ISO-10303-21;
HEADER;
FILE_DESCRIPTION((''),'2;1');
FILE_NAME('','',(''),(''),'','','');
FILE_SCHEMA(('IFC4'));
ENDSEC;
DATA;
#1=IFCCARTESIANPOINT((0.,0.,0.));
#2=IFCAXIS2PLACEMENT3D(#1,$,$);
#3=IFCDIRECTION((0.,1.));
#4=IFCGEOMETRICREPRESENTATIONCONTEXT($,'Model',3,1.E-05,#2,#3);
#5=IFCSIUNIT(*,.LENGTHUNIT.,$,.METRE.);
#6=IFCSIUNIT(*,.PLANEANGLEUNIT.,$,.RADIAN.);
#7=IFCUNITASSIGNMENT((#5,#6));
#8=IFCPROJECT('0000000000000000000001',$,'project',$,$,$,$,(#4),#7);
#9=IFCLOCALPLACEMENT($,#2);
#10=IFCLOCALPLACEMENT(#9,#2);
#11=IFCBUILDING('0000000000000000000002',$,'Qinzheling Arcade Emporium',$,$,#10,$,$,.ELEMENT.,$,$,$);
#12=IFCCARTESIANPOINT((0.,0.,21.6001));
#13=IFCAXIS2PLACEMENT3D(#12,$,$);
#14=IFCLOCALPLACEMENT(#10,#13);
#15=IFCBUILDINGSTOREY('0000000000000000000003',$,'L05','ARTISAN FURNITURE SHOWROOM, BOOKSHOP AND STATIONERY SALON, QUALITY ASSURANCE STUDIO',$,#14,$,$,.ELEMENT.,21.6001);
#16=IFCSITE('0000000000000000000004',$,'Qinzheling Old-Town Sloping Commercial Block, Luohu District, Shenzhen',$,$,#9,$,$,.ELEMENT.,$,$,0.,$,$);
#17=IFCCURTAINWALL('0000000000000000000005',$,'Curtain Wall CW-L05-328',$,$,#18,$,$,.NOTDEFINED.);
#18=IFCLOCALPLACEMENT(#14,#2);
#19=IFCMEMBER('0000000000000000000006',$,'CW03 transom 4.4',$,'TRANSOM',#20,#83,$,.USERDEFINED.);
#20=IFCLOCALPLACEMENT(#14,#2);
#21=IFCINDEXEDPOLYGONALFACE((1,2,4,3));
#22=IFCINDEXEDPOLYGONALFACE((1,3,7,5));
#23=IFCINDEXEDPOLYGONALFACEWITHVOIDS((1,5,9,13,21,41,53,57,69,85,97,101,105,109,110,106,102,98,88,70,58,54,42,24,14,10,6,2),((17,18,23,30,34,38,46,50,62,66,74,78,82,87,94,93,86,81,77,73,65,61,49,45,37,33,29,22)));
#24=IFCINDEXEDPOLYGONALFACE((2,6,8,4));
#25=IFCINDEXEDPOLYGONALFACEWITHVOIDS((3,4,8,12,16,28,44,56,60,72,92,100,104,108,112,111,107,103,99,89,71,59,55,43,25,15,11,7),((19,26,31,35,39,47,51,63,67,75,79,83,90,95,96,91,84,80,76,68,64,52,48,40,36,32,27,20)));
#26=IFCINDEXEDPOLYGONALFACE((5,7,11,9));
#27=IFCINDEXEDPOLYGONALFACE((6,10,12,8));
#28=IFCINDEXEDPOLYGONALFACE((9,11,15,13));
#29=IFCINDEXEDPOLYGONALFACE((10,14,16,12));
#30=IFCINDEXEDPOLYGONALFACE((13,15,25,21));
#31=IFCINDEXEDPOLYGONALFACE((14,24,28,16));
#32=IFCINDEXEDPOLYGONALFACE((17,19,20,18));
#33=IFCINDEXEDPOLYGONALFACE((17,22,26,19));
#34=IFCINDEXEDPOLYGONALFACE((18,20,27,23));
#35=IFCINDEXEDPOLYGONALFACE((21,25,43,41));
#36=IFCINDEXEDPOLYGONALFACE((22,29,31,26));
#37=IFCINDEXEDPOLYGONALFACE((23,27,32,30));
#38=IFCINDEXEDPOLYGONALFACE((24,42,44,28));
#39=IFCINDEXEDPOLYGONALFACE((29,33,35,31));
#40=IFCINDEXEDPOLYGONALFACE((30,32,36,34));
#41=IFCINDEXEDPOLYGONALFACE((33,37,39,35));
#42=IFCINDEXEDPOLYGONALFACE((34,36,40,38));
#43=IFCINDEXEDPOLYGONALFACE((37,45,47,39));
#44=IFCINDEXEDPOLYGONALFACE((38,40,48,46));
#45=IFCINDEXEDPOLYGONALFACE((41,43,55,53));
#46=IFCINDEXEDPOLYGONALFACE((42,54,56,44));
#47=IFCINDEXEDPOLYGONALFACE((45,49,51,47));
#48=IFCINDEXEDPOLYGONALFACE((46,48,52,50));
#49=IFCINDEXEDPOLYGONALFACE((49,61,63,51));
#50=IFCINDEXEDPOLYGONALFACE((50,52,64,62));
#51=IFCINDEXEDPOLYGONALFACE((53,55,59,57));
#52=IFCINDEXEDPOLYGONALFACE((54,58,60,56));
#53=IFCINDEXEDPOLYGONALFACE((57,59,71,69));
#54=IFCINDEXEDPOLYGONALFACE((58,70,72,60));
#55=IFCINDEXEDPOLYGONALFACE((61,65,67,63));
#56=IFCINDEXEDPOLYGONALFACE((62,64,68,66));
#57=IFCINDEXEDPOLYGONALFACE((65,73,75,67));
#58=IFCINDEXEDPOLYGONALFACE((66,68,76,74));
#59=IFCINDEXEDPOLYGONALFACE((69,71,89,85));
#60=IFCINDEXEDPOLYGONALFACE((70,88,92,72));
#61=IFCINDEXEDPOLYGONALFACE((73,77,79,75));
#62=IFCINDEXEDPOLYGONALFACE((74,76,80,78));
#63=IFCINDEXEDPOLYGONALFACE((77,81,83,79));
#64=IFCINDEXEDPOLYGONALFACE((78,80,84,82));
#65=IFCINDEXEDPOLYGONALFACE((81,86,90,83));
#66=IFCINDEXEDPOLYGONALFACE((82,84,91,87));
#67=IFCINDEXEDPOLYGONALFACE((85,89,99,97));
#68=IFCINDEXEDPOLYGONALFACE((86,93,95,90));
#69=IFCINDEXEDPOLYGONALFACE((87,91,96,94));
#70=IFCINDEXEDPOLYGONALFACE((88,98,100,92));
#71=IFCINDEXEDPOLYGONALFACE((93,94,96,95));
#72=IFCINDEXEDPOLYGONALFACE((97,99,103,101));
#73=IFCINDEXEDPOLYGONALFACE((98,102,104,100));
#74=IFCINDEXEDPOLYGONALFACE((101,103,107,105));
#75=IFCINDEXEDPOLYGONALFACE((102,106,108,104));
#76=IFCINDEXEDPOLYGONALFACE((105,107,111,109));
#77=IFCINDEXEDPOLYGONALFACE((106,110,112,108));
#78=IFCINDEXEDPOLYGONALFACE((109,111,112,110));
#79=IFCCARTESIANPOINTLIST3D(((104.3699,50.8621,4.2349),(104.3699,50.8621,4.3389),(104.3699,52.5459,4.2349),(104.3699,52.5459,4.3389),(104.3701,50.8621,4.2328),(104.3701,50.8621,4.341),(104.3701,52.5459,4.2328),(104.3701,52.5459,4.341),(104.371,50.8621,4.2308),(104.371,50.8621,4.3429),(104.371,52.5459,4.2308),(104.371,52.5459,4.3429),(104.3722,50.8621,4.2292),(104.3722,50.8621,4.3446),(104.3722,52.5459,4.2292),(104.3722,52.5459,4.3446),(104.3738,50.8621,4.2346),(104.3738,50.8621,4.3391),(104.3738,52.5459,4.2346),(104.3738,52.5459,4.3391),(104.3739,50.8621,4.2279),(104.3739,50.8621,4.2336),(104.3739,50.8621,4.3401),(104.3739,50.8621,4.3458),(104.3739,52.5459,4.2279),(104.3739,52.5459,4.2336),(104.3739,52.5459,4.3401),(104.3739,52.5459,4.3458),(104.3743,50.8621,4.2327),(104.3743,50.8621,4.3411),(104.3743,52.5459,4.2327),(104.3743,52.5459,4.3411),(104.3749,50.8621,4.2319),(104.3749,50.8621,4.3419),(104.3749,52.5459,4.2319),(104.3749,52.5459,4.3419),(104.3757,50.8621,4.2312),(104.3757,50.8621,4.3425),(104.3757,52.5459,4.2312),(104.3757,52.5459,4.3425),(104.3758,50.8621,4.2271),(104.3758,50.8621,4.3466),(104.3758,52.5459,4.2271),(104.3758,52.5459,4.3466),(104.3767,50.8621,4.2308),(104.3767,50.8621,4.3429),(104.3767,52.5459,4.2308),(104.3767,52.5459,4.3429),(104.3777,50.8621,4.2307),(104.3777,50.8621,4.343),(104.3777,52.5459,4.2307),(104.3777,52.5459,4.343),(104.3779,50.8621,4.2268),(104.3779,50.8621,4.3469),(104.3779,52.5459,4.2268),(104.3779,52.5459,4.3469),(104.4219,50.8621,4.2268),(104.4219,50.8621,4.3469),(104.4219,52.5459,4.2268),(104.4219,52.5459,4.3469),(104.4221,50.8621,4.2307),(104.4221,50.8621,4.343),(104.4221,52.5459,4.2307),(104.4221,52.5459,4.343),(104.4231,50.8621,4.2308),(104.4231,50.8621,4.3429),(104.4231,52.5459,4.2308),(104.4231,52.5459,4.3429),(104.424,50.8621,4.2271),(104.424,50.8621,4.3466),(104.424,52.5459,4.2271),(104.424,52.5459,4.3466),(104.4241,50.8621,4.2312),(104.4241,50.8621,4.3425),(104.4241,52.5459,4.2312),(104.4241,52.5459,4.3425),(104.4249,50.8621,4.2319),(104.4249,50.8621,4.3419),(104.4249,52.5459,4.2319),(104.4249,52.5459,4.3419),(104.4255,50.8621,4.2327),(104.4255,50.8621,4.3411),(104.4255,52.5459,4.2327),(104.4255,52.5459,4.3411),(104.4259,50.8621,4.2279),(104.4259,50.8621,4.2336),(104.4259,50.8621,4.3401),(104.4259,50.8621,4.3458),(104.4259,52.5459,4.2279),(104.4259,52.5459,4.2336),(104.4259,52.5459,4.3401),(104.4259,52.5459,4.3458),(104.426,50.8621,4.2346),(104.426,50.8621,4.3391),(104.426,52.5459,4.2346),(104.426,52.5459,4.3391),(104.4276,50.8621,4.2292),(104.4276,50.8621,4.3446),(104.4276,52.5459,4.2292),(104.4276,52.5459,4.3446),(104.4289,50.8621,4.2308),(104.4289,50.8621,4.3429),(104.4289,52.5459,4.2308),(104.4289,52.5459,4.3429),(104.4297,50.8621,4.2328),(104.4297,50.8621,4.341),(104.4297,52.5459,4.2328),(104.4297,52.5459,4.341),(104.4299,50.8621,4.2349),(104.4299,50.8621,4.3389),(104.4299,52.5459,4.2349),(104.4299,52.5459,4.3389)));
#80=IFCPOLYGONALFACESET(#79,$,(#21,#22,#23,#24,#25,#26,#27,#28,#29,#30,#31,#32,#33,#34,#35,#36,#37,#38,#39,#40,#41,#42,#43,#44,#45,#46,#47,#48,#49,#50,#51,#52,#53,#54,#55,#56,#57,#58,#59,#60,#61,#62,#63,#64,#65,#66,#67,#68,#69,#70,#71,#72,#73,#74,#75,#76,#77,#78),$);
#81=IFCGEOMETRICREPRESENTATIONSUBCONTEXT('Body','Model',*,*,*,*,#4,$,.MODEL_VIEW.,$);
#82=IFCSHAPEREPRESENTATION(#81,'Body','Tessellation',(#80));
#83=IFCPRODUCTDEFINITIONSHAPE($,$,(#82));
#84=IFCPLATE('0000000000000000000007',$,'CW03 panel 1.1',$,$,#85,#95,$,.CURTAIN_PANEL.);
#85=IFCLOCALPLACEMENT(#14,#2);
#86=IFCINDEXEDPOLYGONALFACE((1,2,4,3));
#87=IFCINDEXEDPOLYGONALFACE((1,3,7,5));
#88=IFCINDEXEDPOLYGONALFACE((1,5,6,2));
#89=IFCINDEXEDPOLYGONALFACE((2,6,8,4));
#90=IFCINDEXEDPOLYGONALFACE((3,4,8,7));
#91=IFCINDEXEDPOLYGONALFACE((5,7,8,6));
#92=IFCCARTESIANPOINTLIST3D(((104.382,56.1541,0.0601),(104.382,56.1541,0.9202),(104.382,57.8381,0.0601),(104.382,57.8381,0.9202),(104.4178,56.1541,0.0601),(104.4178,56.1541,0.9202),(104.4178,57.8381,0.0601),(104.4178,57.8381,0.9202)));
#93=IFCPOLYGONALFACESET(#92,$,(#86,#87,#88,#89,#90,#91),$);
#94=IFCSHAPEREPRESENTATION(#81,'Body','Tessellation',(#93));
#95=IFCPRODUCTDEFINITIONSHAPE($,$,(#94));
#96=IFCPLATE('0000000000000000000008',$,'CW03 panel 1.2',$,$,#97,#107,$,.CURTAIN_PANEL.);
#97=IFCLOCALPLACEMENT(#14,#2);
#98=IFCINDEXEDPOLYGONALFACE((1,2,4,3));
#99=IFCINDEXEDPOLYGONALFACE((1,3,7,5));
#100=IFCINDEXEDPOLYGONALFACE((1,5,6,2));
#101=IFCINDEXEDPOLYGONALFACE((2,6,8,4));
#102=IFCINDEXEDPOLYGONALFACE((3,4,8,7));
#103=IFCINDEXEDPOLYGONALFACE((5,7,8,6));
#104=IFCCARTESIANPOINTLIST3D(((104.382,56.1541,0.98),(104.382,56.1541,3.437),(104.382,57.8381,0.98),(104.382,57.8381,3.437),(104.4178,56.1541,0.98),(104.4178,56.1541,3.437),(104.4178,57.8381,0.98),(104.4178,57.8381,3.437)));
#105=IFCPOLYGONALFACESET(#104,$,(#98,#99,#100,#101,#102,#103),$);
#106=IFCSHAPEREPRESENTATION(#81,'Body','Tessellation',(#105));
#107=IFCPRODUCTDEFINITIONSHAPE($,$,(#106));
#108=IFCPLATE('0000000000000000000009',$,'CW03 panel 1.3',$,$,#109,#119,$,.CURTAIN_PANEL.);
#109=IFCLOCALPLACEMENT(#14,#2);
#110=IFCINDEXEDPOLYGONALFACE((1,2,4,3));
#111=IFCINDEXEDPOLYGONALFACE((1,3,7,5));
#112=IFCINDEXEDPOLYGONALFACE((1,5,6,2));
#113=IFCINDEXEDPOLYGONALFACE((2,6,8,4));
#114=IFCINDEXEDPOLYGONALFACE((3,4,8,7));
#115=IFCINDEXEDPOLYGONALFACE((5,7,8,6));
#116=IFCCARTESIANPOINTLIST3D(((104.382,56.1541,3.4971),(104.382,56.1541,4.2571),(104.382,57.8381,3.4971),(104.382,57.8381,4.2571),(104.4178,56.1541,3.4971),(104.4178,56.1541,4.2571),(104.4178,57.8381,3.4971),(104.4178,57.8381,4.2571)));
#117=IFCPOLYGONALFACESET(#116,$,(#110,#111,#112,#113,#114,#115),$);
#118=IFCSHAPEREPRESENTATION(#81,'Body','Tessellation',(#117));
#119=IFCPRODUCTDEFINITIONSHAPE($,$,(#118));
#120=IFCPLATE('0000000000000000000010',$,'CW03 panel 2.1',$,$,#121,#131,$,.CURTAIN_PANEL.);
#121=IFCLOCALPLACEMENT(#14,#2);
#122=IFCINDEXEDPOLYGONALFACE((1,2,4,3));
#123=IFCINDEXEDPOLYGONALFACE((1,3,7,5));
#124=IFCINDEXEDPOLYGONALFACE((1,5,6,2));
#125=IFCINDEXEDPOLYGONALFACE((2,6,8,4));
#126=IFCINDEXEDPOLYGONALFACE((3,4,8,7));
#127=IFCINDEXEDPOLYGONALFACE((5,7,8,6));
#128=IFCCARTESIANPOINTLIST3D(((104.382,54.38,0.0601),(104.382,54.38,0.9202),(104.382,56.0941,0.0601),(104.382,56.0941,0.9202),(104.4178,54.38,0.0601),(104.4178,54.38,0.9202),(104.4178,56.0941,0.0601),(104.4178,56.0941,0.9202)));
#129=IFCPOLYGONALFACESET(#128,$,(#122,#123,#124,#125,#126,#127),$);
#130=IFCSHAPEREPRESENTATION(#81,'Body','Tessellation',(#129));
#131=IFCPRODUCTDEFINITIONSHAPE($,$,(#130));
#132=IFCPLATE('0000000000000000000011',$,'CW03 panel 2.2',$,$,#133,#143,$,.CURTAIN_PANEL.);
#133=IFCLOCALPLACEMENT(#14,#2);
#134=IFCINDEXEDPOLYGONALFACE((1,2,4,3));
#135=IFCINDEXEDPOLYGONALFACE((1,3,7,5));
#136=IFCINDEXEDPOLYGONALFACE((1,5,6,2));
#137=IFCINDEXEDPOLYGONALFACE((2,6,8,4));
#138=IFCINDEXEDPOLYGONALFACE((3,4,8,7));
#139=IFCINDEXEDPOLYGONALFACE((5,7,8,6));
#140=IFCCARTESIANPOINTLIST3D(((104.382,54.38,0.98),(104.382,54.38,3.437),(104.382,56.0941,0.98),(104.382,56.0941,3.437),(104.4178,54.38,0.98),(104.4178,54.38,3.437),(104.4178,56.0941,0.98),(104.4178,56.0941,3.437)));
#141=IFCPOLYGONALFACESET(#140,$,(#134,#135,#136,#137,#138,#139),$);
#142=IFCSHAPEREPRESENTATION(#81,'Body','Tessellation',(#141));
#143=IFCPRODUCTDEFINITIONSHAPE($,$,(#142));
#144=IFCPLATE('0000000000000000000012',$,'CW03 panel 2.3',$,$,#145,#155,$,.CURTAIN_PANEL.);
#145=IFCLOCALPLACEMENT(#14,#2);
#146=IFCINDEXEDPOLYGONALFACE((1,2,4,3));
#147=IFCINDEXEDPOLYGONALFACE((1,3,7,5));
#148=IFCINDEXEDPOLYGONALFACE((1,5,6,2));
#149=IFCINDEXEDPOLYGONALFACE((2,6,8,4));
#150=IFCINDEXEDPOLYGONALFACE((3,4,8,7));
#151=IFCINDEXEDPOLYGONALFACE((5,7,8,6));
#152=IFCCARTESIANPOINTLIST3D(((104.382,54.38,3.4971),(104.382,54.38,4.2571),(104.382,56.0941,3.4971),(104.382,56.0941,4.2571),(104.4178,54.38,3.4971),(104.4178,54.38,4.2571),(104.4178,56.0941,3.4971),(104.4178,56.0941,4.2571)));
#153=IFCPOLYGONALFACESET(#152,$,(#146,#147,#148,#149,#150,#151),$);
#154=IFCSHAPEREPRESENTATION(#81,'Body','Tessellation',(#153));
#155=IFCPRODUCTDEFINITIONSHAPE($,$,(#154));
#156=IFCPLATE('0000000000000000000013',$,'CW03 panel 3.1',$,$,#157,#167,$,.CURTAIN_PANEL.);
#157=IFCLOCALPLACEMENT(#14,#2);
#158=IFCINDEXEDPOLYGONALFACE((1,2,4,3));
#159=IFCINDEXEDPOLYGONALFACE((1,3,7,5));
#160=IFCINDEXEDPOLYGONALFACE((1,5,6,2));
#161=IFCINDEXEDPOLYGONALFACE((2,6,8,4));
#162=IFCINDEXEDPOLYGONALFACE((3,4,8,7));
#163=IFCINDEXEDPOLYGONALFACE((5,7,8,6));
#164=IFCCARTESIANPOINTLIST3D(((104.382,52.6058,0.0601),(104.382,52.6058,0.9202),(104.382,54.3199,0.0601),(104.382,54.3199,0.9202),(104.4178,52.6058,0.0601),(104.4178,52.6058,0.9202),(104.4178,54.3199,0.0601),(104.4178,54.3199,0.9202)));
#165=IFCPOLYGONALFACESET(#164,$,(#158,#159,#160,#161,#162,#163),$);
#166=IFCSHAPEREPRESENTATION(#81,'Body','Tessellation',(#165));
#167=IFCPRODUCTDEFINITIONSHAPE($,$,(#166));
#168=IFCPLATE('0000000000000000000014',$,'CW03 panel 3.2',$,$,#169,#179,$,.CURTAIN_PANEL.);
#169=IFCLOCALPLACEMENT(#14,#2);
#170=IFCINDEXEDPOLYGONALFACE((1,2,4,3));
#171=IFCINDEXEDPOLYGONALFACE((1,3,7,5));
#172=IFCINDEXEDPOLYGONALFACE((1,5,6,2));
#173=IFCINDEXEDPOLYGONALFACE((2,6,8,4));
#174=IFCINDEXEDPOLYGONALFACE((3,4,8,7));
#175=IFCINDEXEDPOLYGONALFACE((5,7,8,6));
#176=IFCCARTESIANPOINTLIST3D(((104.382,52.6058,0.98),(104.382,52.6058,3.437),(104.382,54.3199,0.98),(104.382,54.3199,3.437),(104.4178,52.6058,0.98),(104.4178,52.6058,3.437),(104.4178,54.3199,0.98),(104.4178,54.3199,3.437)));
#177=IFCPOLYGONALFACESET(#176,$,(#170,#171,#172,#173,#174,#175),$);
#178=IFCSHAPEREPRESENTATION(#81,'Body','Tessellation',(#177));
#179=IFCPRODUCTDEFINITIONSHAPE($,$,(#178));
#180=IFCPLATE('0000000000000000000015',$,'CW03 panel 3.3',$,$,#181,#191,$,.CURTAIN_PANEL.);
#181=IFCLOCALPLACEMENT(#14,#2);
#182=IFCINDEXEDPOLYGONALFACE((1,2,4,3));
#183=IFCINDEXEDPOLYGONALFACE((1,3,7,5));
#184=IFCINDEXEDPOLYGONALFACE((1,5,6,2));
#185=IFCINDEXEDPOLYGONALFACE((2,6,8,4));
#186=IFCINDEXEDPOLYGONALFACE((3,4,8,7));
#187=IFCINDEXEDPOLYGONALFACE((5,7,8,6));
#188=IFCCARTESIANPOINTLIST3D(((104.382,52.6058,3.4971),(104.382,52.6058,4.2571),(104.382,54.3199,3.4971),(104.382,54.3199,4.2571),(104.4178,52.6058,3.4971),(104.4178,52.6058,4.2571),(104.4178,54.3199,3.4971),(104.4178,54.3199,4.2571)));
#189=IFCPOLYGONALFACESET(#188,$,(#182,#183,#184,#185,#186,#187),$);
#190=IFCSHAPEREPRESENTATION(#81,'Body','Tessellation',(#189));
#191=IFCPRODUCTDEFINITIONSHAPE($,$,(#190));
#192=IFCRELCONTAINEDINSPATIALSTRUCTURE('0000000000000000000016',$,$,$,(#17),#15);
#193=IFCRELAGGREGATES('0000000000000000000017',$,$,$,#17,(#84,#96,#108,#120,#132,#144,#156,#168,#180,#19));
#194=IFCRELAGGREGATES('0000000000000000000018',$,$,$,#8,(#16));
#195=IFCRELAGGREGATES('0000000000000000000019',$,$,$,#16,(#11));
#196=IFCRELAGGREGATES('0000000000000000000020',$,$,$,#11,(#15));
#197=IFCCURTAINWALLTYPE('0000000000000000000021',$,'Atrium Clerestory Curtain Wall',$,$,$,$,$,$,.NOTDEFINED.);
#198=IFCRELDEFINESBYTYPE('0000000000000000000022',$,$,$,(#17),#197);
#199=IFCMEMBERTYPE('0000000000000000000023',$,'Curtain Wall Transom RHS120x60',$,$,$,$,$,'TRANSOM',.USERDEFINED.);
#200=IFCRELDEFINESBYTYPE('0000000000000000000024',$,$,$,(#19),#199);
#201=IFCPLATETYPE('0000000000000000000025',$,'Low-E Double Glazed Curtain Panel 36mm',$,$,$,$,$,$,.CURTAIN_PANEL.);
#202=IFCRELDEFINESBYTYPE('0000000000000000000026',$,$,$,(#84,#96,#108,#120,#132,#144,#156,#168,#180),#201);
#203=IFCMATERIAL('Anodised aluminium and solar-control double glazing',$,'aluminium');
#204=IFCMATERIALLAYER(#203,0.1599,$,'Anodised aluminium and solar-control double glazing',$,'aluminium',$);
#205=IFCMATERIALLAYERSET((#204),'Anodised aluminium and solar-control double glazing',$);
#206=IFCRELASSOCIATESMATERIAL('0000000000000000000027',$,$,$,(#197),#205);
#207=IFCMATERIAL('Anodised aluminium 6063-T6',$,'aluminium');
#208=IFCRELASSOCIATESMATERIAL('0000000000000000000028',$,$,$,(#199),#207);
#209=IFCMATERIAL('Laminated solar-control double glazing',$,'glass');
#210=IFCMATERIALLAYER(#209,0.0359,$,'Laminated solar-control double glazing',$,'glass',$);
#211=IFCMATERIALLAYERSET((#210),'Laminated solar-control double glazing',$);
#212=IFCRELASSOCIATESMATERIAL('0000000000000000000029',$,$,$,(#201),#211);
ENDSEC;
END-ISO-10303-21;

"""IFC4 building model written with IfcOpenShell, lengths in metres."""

from ifc_helpers import new_model, si_unit, direction, frame, origin, origin_2d, place, context, subcontext, project, spatial, rectangle, hollow_rectangle, extrude, material, layer, layer_set, material_profile, profile_set, type_object, element, aggregate, save


model = new_model("IFC4")

# Units and contexts
model_context = context("Model", 3, precision=1e-05, world=origin(), true_north=direction((0.0, 1.0)))
body_context = subcontext(model_context, "Body", "Model", "MODEL_VIEW")
ifc_project = project(units=[si_unit("LENGTHUNIT", "METRE"), si_unit("PLANEANGLEUNIT", "RADIAN")], contexts=[model_context])

# Site, building, storey
site_placement = place(None, origin())
site = spatial("IfcSite", under=ifc_project, at=site_placement, Name="Qinzheling Old-Town Sloping Commercial Block, Luohu District, Shenzhen", CompositionType="ELEMENT", RefElevation=0.0)
building_placement = place(site_placement, origin())
building = spatial("IfcBuilding", under=site, at=building_placement, Name="Qinzheling Arcade Emporium", CompositionType="ELEMENT")
storey_placement = place(building_placement, frame((0.0, 0.0, 21.6001)))
storey = spatial("IfcBuildingStorey", under=building, at=storey_placement, Name="L05", Description="ARTISAN FURNITURE SHOWROOM, BOOKSHOP AND STATIONERY SALON, QUALITY ASSURANCE STUDIO", CompositionType="ELEMENT", Elevation=21.6001)

# Curtain wall, member, plates
ifc_material_1 = material(Name="Anodised aluminium and solar-control double glazing", Category="aluminium")
ifc_layer_1 = layer(ifc_material_1, 0.1599, Name="Anodised aluminium and solar-control double glazing", Category="aluminium")
ifc_layer_set_1 = layer_set([ifc_layer_1], Name="Anodised aluminium and solar-control double glazing")
curtain_wall_type = type_object("IfcCurtainWallType", Name="Atrium Clerestory Curtain Wall", PredefinedType="NOTDEFINED", material=ifc_layer_set_1)
curtain_wall_placement = place(storey_placement, origin())
curtain_wall = element("IfcCurtainWall", 1, at=curtain_wall_placement, inside=storey, type_object=curtain_wall_type, Name="Curtain Wall CW-L05-328", PredefinedType="NOTDEFINED")
ifc_material_2 = material(Name="Anodised aluminium 6063-T6", Category="aluminium")
ifc_material_profile_1 = material_profile(ifc_material_2, hollow_rectangle(XDim=0.0601, YDim=0.1201, WallThickness=0.0039, InnerFilletRadius=0.0039, OuterFilletRadius=0.0081, at=origin_2d()), Name="RHS 120x60x4", Category="aluminium")
ifc_profile_set_1 = profile_set([ifc_material_profile_1], Name="Anodised aluminium 6063-T6")
member_type_1 = type_object("IfcMemberType", Name="Curtain Wall Transom RHS120x60", ElementType="TRANSOM", PredefinedType="USERDEFINED", material=ifc_profile_set_1)
member_1_placement = place(storey_placement, frame((104.3999, 52.5459, 4.2869), z_axis=(0.0, -1.0, 0.0), x_axis=(1.0, 0.0, 0.0)))
member_1 = element("IfcMember", 2, at=member_1_placement, type_object=member_type_1, Name="CW03 transom 4.4", ObjectType="TRANSOM", PredefinedType="USERDEFINED", context=body_context, shape_type="SweptSolid", body=[
    extrude(hollow_rectangle(XDim=0.0601, YDim=0.1201, WallThickness=0.0039, InnerFilletRadius=0.0039, OuterFilletRadius=0.0081, at=origin_2d()), origin(), (0.0, 0.0, 1.0), 1.6838),
])
ifc_material_3 = material(Name="Laminated solar-control double glazing", Category="glass")
ifc_layer_2 = layer(ifc_material_3, 0.0359, Name="Laminated solar-control double glazing", Category="glass")
ifc_layer_set_2 = layer_set([ifc_layer_2], Name="Laminated solar-control double glazing")
plate_type = type_object("IfcPlateType", Name="Low-E Double Glazed Curtain Panel 36mm", PredefinedType="CURTAIN_PANEL", material=ifc_layer_set_2)
plate_1_placement = place(storey_placement, frame((104.3999, 56.9961, 0.0601), z_axis=(0.0, 0.0, 1.0), x_axis=(0.0, -1.0, 0.0)))
plate_1 = element("IfcPlate", 3, at=plate_1_placement, type_object=plate_type, Name="CW03 panel 1.1", PredefinedType="CURTAIN_PANEL", context=body_context, shape_type="SweptSolid", body=[
    extrude(rectangle(XDim=1.6841, YDim=0.0359, at=origin_2d()), origin(), (0.0, 0.0, 1.0), 0.8601),
])
plate_2_placement = place(storey_placement, frame((104.3999, 56.9961, 0.98), z_axis=(0.0, 0.0, 1.0), x_axis=(0.0, -1.0, 0.0)))
plate_2 = element("IfcPlate", 4, at=plate_2_placement, type_object=plate_type, Name="CW03 panel 1.2", PredefinedType="CURTAIN_PANEL", context=body_context, shape_type="SweptSolid", body=[
    extrude(rectangle(XDim=1.6841, YDim=0.0359, at=origin_2d()), origin(), (0.0, 0.0, 1.0), 2.457),
])
plate_3_placement = place(storey_placement, frame((104.3999, 56.9961, 3.4971), z_axis=(0.0, 0.0, 1.0), x_axis=(0.0, -1.0, 0.0)))
plate_3 = element("IfcPlate", 5, at=plate_3_placement, type_object=plate_type, Name="CW03 panel 1.3", PredefinedType="CURTAIN_PANEL", context=body_context, shape_type="SweptSolid", body=[
    extrude(rectangle(XDim=1.6841, YDim=0.0359, at=origin_2d()), origin(), (0.0, 0.0, 1.0), 0.76),
])
plate_4_placement = place(storey_placement, frame((104.3999, 55.2371, 0.0601), z_axis=(0.0, 0.0, 1.0), x_axis=(0.0, -1.0, 0.0)))
plate_4 = element("IfcPlate", 6, at=plate_4_placement, type_object=plate_type, Name="CW03 panel 2.1", PredefinedType="CURTAIN_PANEL", context=body_context, shape_type="SweptSolid", body=[
    extrude(rectangle(XDim=1.7141, YDim=0.0359, at=origin_2d()), origin(), (0.0, 0.0, 1.0), 0.8601),
])
plate_5_placement = place(storey_placement, frame((104.3999, 55.2371, 0.98), z_axis=(0.0, 0.0, 1.0), x_axis=(0.0, -1.0, 0.0)))
plate_5 = element("IfcPlate", 7, at=plate_5_placement, type_object=plate_type, Name="CW03 panel 2.2", PredefinedType="CURTAIN_PANEL", context=body_context, shape_type="SweptSolid", body=[
    extrude(rectangle(XDim=1.7141, YDim=0.0359, at=origin_2d()), origin(), (0.0, 0.0, 1.0), 2.457),
])
plate_6_placement = place(storey_placement, frame((104.3999, 55.2371, 3.4971), z_axis=(0.0, 0.0, 1.0), x_axis=(0.0, -1.0, 0.0)))
plate_6 = element("IfcPlate", 8, at=plate_6_placement, type_object=plate_type, Name="CW03 panel 2.3", PredefinedType="CURTAIN_PANEL", context=body_context, shape_type="SweptSolid", body=[
    extrude(rectangle(XDim=1.7141, YDim=0.0359, at=origin_2d()), origin(), (0.0, 0.0, 1.0), 0.76),
])
plate_7_placement = place(storey_placement, frame((104.3999, 53.4629, 0.0601), z_axis=(0.0, 0.0, 1.0), x_axis=(0.0, -1.0, 0.0)))
plate_7 = element("IfcPlate", 9, at=plate_7_placement, type_object=plate_type, Name="CW03 panel 3.1", PredefinedType="CURTAIN_PANEL", context=body_context, shape_type="SweptSolid", body=[
    extrude(rectangle(XDim=1.7141, YDim=0.0359, at=origin_2d()), origin(), (0.0, 0.0, 1.0), 0.8601),
])
plate_8_placement = place(storey_placement, frame((104.3999, 53.4629, 0.98), z_axis=(0.0, 0.0, 1.0), x_axis=(0.0, -1.0, 0.0)))
plate_8 = element("IfcPlate", 10, at=plate_8_placement, type_object=plate_type, Name="CW03 panel 3.2", PredefinedType="CURTAIN_PANEL", context=body_context, shape_type="SweptSolid", body=[
    extrude(rectangle(XDim=1.7141, YDim=0.0359, at=origin_2d()), origin(), (0.0, 0.0, 1.0), 2.457),
])
plate_9_placement = place(storey_placement, frame((104.3999, 53.4629, 3.4971), z_axis=(0.0, 0.0, 1.0), x_axis=(0.0, -1.0, 0.0)))
plate_9 = element("IfcPlate", 11, at=plate_9_placement, type_object=plate_type, Name="CW03 panel 3.3", PredefinedType="CURTAIN_PANEL", context=body_context, shape_type="SweptSolid", body=[
    extrude(rectangle(XDim=1.7141, YDim=0.0359, at=origin_2d()), origin(), (0.0, 0.0, 1.0), 0.76),
])
aggregate(curtain_wall, [plate_1, plate_2, plate_3, plate_4, plate_5, plate_6, plate_7, plate_8, plate_9, member_1])

save(model, "model.ifc")
